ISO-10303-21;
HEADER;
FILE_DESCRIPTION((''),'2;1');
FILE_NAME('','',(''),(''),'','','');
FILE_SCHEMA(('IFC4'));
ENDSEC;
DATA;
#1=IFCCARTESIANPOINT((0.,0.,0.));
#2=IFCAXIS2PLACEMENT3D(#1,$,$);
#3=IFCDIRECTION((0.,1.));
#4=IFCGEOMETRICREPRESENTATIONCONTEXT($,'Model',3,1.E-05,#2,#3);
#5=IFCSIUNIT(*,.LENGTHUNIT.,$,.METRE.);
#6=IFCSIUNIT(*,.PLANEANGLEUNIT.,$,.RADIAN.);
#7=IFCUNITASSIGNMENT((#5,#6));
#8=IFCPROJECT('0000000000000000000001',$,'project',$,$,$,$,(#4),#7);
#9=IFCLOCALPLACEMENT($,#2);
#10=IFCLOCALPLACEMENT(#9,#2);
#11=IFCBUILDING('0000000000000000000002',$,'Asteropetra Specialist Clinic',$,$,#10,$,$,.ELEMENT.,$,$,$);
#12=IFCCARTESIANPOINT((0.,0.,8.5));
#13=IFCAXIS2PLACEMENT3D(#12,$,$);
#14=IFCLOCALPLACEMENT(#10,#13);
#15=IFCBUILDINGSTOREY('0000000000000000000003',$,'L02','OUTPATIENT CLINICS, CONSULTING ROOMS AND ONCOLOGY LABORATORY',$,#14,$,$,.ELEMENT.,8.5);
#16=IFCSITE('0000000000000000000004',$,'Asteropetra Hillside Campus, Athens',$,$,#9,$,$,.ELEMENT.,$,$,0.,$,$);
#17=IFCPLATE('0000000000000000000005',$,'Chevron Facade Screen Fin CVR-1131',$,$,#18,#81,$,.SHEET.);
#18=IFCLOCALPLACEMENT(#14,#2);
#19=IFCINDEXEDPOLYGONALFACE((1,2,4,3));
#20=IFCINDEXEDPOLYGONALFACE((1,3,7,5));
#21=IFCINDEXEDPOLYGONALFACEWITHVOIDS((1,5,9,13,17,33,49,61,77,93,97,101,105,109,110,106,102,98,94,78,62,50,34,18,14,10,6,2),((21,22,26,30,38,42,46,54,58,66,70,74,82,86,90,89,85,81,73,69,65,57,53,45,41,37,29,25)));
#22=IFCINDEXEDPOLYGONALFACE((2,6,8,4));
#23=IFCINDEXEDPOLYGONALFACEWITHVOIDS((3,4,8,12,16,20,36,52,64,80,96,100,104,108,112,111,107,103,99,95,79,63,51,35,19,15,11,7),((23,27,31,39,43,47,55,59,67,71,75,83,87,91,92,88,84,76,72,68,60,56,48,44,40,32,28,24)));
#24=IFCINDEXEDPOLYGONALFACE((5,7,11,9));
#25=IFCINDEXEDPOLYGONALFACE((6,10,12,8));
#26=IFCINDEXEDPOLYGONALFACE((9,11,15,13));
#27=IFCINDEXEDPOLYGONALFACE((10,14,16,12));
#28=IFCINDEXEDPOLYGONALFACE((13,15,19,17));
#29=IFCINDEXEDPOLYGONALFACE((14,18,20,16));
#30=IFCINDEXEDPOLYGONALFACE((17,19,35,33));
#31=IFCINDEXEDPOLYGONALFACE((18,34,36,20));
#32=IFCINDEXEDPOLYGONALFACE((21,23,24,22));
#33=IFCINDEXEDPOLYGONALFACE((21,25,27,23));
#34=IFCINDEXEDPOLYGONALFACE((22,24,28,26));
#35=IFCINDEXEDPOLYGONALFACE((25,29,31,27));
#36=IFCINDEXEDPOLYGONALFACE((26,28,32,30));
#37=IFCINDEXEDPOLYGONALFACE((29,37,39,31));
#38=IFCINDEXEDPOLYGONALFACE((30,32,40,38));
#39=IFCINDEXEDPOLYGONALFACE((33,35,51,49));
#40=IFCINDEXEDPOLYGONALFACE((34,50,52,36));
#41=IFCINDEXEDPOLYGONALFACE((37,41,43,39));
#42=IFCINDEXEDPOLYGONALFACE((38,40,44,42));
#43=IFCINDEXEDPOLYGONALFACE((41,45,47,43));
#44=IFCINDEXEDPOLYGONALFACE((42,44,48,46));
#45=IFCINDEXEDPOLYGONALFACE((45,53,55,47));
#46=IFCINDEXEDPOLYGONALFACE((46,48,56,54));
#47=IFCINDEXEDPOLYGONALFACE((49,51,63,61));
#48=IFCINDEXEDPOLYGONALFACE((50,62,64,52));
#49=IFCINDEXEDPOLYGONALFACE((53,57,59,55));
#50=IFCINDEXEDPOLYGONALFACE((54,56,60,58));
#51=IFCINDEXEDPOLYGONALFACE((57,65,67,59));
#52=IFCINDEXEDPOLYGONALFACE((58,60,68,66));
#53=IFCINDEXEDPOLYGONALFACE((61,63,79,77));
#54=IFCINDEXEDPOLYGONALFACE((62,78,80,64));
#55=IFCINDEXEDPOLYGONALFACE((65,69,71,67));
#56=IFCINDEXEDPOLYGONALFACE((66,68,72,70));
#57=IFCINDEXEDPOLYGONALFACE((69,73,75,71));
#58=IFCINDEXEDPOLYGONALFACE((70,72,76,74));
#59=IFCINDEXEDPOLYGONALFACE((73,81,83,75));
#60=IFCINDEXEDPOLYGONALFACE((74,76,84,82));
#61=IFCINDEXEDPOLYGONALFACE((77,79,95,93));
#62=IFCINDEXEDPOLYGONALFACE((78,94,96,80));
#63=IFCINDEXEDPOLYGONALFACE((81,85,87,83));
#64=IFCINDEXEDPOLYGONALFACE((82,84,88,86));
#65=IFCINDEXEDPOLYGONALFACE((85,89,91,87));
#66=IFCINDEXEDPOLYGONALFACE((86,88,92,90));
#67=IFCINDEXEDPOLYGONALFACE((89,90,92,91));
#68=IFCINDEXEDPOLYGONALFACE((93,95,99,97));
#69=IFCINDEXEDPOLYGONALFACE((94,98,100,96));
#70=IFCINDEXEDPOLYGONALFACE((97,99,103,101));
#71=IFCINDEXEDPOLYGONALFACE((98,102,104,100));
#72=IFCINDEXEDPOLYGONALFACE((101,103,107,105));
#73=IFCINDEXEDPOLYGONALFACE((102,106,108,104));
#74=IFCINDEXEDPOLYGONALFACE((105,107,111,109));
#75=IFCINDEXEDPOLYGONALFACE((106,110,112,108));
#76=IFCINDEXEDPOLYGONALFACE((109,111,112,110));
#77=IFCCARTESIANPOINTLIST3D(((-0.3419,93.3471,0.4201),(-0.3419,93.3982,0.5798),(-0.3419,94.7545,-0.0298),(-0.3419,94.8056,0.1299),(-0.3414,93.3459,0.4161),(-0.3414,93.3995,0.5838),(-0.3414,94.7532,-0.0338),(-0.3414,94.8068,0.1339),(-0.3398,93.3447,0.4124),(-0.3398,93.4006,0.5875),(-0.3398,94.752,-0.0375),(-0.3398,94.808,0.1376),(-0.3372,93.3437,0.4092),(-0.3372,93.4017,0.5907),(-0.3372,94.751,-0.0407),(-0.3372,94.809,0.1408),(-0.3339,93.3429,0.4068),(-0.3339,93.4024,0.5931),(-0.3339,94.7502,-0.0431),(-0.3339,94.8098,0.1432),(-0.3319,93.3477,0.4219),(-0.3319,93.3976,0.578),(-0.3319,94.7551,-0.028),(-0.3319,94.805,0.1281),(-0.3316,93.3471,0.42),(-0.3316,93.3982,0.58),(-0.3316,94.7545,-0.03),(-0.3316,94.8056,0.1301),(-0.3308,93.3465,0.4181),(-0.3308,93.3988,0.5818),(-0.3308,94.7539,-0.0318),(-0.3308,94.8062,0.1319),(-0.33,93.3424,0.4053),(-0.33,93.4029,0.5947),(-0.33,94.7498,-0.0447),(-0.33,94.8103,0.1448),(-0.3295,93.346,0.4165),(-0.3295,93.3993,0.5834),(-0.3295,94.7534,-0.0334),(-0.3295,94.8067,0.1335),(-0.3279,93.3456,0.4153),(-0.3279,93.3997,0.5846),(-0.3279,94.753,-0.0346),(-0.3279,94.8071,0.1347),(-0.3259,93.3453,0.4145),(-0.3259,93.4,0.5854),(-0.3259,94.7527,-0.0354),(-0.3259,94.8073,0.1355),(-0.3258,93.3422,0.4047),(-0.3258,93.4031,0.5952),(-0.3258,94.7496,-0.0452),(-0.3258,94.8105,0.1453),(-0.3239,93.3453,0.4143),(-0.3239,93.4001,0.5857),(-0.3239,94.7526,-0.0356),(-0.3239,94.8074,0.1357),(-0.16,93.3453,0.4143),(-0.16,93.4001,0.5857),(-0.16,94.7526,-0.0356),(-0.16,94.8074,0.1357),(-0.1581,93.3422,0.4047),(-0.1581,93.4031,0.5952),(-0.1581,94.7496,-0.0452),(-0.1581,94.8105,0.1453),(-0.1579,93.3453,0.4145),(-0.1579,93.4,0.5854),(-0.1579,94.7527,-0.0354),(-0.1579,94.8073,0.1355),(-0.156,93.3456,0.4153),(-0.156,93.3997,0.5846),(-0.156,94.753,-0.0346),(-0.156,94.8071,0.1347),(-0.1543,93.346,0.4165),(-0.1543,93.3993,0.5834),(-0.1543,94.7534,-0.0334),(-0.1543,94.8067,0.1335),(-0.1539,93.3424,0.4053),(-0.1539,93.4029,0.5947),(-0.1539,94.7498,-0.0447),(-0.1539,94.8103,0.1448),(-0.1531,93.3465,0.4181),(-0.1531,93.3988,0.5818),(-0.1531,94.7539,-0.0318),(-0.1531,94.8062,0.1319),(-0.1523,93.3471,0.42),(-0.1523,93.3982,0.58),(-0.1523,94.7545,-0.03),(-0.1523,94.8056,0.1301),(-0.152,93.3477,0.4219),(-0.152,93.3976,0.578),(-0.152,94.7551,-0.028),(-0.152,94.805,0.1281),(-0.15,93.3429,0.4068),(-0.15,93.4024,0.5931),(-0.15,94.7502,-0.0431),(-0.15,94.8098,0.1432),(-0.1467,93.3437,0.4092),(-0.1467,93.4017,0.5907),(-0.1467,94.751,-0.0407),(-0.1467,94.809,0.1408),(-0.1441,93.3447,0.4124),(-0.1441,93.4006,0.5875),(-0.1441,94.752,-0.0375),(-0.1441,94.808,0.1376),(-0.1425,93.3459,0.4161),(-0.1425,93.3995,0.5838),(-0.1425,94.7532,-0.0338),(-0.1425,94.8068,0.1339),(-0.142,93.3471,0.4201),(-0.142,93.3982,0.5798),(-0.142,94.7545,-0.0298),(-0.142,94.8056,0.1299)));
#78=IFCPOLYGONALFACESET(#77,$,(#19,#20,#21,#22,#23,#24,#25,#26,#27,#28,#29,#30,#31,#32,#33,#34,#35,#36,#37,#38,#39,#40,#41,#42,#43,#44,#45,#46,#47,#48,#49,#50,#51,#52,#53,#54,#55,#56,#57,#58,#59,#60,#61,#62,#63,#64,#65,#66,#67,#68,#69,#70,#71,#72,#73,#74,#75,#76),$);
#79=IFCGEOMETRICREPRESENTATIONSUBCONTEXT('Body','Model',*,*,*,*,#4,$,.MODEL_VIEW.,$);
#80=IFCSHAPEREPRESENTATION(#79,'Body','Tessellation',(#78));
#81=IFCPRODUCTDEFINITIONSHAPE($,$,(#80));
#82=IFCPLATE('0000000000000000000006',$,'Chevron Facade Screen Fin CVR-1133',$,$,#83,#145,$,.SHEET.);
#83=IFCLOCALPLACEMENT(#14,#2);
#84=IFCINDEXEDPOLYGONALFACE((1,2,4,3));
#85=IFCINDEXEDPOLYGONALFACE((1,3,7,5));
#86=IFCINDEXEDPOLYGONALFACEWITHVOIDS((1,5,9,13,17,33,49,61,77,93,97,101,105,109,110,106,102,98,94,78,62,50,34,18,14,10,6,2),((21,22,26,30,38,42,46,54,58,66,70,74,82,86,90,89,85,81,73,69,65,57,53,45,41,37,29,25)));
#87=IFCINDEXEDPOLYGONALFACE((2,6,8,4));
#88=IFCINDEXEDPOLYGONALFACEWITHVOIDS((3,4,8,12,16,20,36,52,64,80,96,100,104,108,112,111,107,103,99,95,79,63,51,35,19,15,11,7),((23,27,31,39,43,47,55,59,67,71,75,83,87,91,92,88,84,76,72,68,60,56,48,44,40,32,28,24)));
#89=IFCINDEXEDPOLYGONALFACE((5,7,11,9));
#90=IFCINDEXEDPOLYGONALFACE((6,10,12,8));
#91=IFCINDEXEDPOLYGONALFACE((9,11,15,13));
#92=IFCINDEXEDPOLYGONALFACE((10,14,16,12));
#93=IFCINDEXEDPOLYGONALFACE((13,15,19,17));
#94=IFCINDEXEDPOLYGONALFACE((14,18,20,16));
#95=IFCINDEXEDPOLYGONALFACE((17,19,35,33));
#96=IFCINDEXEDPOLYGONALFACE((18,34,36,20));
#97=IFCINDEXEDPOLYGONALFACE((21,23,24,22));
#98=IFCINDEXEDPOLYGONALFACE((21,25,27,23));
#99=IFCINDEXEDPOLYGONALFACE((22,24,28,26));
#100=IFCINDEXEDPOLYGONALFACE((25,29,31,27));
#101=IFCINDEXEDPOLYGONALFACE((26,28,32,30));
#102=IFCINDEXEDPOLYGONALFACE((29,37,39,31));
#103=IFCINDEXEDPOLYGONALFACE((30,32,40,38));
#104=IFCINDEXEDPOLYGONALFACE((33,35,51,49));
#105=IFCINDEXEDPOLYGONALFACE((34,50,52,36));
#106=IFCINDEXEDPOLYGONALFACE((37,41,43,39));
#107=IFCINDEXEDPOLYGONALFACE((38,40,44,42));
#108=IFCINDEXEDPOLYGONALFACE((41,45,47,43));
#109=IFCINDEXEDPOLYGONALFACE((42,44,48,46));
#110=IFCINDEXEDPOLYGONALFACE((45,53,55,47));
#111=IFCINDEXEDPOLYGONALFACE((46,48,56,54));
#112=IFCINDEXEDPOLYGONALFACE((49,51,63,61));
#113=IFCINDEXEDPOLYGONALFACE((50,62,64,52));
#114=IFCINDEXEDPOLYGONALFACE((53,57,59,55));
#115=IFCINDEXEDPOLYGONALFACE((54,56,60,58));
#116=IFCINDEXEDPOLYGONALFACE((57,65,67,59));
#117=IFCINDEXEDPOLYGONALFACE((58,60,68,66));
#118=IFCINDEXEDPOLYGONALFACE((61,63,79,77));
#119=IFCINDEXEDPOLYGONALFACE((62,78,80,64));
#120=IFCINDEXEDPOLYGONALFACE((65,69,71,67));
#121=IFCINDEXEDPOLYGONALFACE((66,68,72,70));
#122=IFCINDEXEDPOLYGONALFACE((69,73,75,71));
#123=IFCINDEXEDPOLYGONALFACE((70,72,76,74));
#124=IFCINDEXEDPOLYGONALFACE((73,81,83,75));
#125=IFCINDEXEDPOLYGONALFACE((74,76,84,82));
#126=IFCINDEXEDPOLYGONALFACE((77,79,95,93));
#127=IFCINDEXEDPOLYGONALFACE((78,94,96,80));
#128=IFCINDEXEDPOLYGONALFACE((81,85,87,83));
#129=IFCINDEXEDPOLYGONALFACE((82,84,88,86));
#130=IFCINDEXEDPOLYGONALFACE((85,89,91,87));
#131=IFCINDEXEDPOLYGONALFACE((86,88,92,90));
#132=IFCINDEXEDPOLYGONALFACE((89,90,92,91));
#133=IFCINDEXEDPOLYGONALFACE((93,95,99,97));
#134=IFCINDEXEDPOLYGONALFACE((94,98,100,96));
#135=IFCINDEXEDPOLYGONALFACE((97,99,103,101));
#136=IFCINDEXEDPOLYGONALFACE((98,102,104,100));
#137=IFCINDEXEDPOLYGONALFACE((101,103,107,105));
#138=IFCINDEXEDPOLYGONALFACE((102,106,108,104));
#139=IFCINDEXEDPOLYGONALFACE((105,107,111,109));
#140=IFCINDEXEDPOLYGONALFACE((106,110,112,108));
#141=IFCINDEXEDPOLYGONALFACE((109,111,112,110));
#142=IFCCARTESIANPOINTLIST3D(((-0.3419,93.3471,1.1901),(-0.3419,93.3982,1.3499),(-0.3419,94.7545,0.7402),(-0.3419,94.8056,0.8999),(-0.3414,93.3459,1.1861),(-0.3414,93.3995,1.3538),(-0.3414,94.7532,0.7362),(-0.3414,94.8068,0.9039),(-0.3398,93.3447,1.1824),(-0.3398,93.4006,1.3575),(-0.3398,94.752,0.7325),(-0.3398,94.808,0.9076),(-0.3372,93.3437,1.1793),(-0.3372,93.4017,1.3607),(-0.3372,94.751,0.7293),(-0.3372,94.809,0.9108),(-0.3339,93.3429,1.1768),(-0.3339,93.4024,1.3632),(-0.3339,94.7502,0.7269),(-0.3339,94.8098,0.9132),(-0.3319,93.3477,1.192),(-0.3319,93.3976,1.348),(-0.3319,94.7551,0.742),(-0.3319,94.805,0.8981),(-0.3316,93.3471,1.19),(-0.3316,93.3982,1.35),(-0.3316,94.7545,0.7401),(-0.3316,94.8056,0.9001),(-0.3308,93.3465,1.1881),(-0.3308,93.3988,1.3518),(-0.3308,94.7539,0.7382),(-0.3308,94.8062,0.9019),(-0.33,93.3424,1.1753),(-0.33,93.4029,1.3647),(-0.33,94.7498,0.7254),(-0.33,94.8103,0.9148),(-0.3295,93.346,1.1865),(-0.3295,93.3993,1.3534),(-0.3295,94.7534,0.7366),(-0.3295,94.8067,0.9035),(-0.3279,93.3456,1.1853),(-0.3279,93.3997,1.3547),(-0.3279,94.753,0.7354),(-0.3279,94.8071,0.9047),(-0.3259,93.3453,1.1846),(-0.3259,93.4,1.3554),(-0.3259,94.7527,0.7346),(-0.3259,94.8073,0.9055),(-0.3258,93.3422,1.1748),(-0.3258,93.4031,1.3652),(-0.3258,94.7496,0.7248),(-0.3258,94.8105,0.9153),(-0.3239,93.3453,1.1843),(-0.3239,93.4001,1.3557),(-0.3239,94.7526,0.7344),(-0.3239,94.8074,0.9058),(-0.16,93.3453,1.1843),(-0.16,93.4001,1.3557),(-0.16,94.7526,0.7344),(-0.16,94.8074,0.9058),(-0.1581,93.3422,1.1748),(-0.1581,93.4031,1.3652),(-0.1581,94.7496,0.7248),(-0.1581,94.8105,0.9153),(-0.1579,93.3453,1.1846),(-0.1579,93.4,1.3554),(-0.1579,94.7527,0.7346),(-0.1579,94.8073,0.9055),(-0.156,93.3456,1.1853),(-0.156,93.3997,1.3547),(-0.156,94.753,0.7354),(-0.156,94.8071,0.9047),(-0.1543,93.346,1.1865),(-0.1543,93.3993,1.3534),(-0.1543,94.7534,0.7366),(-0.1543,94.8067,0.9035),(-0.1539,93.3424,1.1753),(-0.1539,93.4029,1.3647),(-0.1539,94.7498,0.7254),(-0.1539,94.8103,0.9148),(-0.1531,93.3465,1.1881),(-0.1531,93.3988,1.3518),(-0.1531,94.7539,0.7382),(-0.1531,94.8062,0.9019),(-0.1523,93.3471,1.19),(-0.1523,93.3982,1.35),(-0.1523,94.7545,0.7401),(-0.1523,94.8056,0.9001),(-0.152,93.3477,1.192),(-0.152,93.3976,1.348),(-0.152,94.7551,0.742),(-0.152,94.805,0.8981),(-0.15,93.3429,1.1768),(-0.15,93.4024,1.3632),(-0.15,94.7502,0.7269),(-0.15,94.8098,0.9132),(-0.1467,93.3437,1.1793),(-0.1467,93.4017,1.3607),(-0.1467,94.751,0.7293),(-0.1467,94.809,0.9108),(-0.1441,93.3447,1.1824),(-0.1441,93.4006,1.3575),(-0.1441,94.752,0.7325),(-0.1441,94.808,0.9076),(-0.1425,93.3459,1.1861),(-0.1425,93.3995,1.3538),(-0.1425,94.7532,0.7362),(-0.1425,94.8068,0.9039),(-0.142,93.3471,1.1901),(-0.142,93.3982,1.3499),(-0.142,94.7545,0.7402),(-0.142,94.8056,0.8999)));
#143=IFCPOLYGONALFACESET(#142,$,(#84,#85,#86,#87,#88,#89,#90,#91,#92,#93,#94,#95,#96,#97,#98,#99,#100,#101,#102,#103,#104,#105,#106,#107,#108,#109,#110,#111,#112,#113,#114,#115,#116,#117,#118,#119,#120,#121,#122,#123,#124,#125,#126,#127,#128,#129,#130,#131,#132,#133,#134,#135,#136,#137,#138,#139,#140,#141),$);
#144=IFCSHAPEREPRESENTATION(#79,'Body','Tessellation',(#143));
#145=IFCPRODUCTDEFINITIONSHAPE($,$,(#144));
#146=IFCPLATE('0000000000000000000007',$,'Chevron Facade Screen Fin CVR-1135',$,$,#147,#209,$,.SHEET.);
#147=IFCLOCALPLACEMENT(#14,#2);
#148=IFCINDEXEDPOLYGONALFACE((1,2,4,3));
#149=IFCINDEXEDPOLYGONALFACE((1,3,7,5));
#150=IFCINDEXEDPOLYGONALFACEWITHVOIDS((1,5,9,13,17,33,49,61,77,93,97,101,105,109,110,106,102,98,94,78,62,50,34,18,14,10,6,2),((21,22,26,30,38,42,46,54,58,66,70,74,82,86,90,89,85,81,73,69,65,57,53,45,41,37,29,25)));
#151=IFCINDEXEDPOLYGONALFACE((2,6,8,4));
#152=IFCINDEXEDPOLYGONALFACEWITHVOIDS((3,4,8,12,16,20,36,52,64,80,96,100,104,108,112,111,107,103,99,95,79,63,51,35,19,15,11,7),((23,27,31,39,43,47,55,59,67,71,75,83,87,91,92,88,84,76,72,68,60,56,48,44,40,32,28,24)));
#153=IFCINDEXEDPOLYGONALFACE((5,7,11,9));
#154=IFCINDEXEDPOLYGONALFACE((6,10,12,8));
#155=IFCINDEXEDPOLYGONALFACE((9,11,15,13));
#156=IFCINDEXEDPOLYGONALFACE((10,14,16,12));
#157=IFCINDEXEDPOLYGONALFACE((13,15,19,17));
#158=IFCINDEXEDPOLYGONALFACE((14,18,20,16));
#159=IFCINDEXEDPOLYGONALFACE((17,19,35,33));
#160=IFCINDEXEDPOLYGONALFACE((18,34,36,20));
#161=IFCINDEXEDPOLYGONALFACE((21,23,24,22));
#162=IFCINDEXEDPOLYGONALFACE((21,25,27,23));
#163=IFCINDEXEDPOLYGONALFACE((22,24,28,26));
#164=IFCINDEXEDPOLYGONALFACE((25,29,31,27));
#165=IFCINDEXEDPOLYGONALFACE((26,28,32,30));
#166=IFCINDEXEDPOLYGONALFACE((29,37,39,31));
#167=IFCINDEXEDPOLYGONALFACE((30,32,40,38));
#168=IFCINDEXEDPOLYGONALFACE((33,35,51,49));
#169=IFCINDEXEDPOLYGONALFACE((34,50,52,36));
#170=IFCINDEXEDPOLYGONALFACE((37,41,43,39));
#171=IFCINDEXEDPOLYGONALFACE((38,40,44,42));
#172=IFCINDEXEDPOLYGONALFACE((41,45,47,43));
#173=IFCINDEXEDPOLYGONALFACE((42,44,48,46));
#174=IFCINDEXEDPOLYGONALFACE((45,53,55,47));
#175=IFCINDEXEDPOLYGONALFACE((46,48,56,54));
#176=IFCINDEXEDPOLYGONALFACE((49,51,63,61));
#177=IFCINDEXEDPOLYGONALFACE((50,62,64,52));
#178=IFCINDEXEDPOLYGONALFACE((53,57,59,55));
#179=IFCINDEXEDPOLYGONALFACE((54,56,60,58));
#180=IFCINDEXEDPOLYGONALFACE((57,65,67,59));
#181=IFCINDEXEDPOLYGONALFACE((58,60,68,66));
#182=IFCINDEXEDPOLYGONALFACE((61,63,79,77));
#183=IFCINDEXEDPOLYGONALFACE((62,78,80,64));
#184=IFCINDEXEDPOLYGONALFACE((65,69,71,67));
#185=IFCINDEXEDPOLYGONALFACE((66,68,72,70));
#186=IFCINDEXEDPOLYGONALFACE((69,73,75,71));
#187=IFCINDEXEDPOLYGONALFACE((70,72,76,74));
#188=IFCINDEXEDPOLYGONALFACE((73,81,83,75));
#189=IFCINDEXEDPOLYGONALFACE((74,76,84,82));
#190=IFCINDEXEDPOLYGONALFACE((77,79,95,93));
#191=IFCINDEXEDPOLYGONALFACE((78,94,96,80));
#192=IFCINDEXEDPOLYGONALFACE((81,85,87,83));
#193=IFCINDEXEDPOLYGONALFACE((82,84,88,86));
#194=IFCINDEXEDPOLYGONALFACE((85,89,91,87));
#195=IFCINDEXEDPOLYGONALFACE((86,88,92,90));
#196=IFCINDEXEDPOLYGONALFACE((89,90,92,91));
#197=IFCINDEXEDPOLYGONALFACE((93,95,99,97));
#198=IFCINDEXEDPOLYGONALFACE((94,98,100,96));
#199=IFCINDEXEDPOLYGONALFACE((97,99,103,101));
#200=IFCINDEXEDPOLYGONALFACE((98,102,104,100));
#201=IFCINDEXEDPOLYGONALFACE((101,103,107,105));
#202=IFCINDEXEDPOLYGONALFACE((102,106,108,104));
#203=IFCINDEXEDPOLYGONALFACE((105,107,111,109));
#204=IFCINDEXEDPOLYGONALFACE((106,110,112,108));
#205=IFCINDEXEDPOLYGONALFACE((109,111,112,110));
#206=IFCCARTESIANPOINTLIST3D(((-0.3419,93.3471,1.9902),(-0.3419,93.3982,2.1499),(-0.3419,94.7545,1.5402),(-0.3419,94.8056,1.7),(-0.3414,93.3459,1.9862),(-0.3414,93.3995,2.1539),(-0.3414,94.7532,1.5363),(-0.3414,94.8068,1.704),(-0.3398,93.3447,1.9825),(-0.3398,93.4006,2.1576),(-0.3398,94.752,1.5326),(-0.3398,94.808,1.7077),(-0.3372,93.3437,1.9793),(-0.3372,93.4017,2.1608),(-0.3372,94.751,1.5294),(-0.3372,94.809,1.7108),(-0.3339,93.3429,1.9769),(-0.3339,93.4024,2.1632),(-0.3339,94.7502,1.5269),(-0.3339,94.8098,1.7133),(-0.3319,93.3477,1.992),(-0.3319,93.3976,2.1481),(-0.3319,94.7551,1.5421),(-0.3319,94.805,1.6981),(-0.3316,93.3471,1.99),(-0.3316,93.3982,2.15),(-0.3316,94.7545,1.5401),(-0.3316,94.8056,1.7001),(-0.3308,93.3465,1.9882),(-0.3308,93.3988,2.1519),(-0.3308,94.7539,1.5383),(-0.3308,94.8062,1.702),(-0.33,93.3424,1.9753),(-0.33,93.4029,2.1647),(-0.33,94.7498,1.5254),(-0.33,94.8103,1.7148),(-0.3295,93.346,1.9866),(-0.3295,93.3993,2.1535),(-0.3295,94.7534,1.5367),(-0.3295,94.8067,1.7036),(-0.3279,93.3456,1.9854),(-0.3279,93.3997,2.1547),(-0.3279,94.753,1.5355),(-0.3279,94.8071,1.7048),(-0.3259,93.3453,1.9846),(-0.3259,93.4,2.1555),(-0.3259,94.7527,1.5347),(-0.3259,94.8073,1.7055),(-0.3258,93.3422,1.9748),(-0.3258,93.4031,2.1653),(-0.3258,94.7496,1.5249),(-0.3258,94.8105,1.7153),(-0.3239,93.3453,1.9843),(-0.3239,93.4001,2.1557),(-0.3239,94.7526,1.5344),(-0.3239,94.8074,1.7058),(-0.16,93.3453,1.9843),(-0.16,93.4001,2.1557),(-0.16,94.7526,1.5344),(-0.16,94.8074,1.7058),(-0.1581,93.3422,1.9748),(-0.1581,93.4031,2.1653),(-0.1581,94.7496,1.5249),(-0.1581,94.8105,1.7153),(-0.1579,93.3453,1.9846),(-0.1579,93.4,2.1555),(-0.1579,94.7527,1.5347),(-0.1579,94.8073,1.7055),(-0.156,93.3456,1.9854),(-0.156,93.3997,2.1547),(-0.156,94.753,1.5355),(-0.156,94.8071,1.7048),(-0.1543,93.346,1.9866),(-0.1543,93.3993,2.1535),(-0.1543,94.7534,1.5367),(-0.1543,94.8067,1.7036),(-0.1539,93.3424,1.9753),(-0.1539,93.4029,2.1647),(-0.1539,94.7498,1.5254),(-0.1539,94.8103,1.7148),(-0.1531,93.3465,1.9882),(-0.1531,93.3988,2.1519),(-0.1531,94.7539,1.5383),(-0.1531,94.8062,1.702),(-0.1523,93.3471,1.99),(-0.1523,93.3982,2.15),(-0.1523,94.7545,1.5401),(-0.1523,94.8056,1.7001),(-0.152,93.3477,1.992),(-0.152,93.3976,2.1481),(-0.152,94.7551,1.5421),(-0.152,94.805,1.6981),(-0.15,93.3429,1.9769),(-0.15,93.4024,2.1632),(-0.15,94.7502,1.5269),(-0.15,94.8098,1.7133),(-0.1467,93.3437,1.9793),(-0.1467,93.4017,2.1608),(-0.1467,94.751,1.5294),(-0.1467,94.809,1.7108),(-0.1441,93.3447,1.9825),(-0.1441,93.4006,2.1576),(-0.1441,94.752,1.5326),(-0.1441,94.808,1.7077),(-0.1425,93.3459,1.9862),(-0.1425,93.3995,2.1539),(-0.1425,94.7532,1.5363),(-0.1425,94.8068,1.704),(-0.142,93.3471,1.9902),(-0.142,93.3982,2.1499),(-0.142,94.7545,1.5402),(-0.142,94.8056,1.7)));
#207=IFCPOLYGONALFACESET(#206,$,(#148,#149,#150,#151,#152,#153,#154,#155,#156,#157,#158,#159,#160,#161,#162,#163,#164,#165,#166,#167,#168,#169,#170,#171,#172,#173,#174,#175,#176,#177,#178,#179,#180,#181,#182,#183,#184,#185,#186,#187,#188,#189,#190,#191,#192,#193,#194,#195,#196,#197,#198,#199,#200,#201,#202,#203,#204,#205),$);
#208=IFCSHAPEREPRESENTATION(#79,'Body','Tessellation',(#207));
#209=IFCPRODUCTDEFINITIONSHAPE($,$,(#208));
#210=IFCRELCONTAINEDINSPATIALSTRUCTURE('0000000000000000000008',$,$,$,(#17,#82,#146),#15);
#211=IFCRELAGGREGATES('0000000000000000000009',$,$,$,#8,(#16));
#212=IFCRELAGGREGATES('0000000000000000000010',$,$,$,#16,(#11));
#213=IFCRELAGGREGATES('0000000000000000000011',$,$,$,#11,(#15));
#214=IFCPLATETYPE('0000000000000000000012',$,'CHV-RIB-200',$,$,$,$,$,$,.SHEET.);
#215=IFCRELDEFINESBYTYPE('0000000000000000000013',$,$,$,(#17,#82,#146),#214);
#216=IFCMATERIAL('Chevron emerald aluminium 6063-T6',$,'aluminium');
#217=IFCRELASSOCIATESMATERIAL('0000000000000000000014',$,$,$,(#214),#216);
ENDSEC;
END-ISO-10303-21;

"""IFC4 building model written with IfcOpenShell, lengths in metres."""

from ifc_helpers import new_model, si_unit, direction, frame, origin, origin_2d, place, context, subcontext, project, spatial, hollow_rectangle, extrude, material, material_profile, profile_set, type_object, element, save


model = new_model("IFC4")

# Units and contexts
model_context = context("Model", 3, precision=1e-05, world=origin(), true_north=direction((0.0, 1.0)))
body_context = subcontext(model_context, "Body", "Model", "MODEL_VIEW")
ifc_project = project(units=[si_unit("LENGTHUNIT", "METRE"), si_unit("PLANEANGLEUNIT", "RADIAN")], contexts=[model_context])

# Site, building, storey
site_placement = place(None, origin())
site = spatial("IfcSite", under=ifc_project, at=site_placement, Name="Asteropetra Hillside Campus, Athens", CompositionType="ELEMENT", RefElevation=0.0)
building_placement = place(site_placement, origin())
building = spatial("IfcBuilding", under=site, at=building_placement, Name="Asteropetra Specialist Clinic", CompositionType="ELEMENT")
storey_placement = place(building_placement, frame((0.0, 0.0, 8.5)))
storey = spatial("IfcBuildingStorey", under=building, at=storey_placement, Name="L02", Description="OUTPATIENT CLINICS, CONSULTING ROOMS AND ONCOLOGY LABORATORY", CompositionType="ELEMENT", Elevation=8.5)

# Plates
ifc_material_1 = material(Name="Chevron emerald aluminium 6063-T6", Category="aluminium")
ifc_material_profile = material_profile(ifc_material_1, hollow_rectangle(XDim=0.2, YDim=0.2, WallThickness=0.01, InnerFilletRadius=0.0081, OuterFilletRadius=0.0161, at=origin_2d()), Name="SHS 200x200x10.0")
ifc_profile_set = profile_set([ifc_material_profile], Name="Chevron emerald aluminium 6063-T6")
plate_type_1 = type_object("IfcPlateType", Name="CHV-RIB-200", PredefinedType="SHEET", material=ifc_profile_set)
for number, where, z_axis, x_axis, name in (
    (1, (-0.2419, 94.78, 0.05), (0.0, -0.95251, 0.304506), (1.0, 0.0, 0.0), "Chevron Facade Screen Fin CVR-1131"),
    (2, (-0.2419, 94.78, 0.8201), (0.0, -0.95251, 0.304506), (1.0, 0.0, 0.0), "Chevron Facade Screen Fin CVR-1133"),
    (3, (-0.2419, 94.78, 1.6201), (0.0, -0.95251, 0.304506), (1.0, 0.0, 0.0), "Chevron Facade Screen Fin CVR-1135"),
):
    element("IfcPlate", number, at=place(storey_placement, frame(where, z_axis=z_axis, x_axis=x_axis)), inside=storey, type_object=plate_type_1, Name=name, PredefinedType="SHEET", context=body_context, shape_type="SweptSolid", body=[
        extrude(hollow_rectangle(XDim=0.2, YDim=0.2, WallThickness=0.01, InnerFilletRadius=0.0081, OuterFilletRadius=0.0161, at=origin_2d()), origin(), (0.0, 0.0, 1.0), 1.4775),
    ])

save(model, "model.ifc")
